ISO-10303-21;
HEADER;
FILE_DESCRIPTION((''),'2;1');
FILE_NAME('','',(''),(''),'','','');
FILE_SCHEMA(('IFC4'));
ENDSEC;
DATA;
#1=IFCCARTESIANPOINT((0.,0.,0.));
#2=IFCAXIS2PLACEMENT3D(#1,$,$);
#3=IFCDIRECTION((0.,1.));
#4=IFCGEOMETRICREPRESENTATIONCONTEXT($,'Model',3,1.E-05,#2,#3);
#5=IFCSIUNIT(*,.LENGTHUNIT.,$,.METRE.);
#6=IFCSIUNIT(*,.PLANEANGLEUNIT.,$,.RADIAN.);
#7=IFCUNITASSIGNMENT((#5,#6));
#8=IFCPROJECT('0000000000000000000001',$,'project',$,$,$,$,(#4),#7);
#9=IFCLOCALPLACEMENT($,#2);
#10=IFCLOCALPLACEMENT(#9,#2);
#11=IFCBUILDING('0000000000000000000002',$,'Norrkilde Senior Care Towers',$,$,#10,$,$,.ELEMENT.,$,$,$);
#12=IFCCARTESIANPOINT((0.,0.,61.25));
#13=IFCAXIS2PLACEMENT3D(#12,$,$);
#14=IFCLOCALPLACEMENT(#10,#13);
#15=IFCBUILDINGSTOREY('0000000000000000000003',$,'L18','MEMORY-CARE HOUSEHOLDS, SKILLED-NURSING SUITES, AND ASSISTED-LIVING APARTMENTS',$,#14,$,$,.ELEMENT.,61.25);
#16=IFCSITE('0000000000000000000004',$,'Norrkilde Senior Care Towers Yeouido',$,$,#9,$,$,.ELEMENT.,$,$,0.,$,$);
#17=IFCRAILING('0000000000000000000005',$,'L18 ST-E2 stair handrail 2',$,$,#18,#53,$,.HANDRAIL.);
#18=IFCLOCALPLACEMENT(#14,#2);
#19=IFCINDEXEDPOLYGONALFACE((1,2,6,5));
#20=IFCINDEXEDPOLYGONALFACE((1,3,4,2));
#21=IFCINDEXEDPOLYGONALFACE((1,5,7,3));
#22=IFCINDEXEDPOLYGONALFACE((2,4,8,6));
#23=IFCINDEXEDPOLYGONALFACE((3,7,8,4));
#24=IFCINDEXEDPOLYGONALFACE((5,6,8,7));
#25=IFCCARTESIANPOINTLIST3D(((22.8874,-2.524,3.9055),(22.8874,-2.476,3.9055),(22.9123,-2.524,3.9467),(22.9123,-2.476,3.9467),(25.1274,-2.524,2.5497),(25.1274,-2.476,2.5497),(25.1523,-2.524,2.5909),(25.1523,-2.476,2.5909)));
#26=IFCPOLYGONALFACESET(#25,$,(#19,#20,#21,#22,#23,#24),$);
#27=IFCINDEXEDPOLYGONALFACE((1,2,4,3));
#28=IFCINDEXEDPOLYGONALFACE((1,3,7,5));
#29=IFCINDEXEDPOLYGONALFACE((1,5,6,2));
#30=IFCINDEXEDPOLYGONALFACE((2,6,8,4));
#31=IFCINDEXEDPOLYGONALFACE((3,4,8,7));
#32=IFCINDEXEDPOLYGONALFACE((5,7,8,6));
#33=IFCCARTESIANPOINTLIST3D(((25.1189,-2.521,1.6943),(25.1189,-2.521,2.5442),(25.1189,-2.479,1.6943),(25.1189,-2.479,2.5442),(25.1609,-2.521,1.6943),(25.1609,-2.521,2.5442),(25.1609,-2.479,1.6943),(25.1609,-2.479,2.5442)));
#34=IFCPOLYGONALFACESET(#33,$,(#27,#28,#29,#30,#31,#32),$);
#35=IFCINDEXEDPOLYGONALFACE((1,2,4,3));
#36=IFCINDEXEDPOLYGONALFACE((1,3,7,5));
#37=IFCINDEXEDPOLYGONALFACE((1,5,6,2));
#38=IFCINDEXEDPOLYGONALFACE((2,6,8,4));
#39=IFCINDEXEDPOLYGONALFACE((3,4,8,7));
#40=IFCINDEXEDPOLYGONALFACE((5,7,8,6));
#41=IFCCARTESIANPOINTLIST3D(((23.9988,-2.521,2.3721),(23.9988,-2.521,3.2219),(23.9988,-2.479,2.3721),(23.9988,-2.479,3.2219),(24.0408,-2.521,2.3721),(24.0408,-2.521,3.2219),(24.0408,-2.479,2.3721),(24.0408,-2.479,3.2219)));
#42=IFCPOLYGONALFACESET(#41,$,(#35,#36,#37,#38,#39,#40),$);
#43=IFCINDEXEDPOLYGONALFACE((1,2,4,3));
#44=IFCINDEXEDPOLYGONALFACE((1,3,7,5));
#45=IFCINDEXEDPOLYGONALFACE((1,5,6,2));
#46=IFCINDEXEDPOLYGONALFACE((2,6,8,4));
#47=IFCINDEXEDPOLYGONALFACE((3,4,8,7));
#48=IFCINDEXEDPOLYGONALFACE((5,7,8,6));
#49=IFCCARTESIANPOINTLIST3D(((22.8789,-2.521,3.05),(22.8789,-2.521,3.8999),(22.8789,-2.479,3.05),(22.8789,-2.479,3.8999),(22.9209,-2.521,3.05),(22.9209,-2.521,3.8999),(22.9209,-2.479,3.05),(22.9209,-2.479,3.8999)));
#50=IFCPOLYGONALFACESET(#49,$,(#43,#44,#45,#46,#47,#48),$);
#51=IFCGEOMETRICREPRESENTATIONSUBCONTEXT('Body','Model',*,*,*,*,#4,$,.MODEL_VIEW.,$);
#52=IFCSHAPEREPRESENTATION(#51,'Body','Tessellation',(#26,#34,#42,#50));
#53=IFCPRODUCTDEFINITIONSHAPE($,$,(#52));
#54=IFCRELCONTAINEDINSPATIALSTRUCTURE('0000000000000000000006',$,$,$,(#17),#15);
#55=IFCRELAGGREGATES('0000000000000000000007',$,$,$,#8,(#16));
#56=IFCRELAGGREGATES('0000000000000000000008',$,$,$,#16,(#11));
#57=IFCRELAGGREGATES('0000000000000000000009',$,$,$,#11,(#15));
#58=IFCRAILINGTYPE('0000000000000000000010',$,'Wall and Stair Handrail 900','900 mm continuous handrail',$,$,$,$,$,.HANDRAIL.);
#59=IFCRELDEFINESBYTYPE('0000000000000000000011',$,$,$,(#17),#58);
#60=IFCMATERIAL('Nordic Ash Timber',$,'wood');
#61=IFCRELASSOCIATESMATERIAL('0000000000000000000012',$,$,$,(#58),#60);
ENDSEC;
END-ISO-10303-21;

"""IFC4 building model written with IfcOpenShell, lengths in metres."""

from ifc_helpers import new_model, si_unit, direction, frame, origin, origin_2d, place, context, subcontext, project, spatial, rectangle, extrude, material, type_object, element, save


model = new_model("IFC4")

# Units and contexts
model_context = context("Model", 3, precision=1e-05, world=origin(), true_north=direction((0.0, 1.0)))
body_context = subcontext(model_context, "Body", "Model", "MODEL_VIEW")
ifc_project = project(units=[si_unit("LENGTHUNIT", "METRE"), si_unit("PLANEANGLEUNIT", "RADIAN")], contexts=[model_context])

# Site, building, storey
site_placement = place(None, origin())
site = spatial("IfcSite", under=ifc_project, at=site_placement, Name="Norrkilde Senior Care Towers Yeouido", CompositionType="ELEMENT", RefElevation=0.0)
building_placement = place(site_placement, origin())
building = spatial("IfcBuilding", under=site, at=building_placement, Name="Norrkilde Senior Care Towers", CompositionType="ELEMENT")
storey_placement = place(building_placement, frame((0.0, 0.0, 61.25)))
storey = spatial("IfcBuildingStorey", under=building, at=storey_placement, Name="L18", Description="MEMORY-CARE HOUSEHOLDS, SKILLED-NURSING SUITES, AND ASSISTED-LIVING APARTMENTS", CompositionType="ELEMENT", Elevation=61.25)

# Railing
ifc_material_1 = material(Name="Nordic Ash Timber", Category="wood")
railing_type_1 = type_object("IfcRailingType", Name="Wall and Stair Handrail 900", Description="900 mm continuous handrail", PredefinedType="HANDRAIL", material=ifc_material_1)
railing_1_placement = place(storey_placement, frame((25.1399, -2.5, 1.6943)))
element("IfcRailing", 1, at=railing_1_placement, inside=storey, type_object=railing_type_1, Name="L18 ST-E2 stair handrail 2", PredefinedType="HANDRAIL", context=body_context, shape_type="SweptSolid", body=[
    extrude(rectangle(XDim=0.0481, YDim=0.0481, at=origin_2d()), frame((0.0, 0.0, 0.876), z_axis=(-0.855512, 0.0, 0.517783), x_axis=(0.0, -1.0, 0.0)), (0.0, 0.0, 1.0), 2.6184),
    extrude(rectangle(XDim=0.042, YDim=0.042, at=origin_2d()), origin(), (0.0, 0.0, 1.0), 0.8499),
    extrude(rectangle(XDim=0.042, YDim=0.042, at=origin_2d()), frame((-1.1201, 0.0, 0.6777)), (0.0, 0.0, 1.0), 0.8499),
    extrude(rectangle(XDim=0.042, YDim=0.042, at=origin_2d()), frame((-2.24, 0.0, 1.3557)), (0.0, 0.0, 1.0), 0.8499),
])

save(model, "model.ifc")
